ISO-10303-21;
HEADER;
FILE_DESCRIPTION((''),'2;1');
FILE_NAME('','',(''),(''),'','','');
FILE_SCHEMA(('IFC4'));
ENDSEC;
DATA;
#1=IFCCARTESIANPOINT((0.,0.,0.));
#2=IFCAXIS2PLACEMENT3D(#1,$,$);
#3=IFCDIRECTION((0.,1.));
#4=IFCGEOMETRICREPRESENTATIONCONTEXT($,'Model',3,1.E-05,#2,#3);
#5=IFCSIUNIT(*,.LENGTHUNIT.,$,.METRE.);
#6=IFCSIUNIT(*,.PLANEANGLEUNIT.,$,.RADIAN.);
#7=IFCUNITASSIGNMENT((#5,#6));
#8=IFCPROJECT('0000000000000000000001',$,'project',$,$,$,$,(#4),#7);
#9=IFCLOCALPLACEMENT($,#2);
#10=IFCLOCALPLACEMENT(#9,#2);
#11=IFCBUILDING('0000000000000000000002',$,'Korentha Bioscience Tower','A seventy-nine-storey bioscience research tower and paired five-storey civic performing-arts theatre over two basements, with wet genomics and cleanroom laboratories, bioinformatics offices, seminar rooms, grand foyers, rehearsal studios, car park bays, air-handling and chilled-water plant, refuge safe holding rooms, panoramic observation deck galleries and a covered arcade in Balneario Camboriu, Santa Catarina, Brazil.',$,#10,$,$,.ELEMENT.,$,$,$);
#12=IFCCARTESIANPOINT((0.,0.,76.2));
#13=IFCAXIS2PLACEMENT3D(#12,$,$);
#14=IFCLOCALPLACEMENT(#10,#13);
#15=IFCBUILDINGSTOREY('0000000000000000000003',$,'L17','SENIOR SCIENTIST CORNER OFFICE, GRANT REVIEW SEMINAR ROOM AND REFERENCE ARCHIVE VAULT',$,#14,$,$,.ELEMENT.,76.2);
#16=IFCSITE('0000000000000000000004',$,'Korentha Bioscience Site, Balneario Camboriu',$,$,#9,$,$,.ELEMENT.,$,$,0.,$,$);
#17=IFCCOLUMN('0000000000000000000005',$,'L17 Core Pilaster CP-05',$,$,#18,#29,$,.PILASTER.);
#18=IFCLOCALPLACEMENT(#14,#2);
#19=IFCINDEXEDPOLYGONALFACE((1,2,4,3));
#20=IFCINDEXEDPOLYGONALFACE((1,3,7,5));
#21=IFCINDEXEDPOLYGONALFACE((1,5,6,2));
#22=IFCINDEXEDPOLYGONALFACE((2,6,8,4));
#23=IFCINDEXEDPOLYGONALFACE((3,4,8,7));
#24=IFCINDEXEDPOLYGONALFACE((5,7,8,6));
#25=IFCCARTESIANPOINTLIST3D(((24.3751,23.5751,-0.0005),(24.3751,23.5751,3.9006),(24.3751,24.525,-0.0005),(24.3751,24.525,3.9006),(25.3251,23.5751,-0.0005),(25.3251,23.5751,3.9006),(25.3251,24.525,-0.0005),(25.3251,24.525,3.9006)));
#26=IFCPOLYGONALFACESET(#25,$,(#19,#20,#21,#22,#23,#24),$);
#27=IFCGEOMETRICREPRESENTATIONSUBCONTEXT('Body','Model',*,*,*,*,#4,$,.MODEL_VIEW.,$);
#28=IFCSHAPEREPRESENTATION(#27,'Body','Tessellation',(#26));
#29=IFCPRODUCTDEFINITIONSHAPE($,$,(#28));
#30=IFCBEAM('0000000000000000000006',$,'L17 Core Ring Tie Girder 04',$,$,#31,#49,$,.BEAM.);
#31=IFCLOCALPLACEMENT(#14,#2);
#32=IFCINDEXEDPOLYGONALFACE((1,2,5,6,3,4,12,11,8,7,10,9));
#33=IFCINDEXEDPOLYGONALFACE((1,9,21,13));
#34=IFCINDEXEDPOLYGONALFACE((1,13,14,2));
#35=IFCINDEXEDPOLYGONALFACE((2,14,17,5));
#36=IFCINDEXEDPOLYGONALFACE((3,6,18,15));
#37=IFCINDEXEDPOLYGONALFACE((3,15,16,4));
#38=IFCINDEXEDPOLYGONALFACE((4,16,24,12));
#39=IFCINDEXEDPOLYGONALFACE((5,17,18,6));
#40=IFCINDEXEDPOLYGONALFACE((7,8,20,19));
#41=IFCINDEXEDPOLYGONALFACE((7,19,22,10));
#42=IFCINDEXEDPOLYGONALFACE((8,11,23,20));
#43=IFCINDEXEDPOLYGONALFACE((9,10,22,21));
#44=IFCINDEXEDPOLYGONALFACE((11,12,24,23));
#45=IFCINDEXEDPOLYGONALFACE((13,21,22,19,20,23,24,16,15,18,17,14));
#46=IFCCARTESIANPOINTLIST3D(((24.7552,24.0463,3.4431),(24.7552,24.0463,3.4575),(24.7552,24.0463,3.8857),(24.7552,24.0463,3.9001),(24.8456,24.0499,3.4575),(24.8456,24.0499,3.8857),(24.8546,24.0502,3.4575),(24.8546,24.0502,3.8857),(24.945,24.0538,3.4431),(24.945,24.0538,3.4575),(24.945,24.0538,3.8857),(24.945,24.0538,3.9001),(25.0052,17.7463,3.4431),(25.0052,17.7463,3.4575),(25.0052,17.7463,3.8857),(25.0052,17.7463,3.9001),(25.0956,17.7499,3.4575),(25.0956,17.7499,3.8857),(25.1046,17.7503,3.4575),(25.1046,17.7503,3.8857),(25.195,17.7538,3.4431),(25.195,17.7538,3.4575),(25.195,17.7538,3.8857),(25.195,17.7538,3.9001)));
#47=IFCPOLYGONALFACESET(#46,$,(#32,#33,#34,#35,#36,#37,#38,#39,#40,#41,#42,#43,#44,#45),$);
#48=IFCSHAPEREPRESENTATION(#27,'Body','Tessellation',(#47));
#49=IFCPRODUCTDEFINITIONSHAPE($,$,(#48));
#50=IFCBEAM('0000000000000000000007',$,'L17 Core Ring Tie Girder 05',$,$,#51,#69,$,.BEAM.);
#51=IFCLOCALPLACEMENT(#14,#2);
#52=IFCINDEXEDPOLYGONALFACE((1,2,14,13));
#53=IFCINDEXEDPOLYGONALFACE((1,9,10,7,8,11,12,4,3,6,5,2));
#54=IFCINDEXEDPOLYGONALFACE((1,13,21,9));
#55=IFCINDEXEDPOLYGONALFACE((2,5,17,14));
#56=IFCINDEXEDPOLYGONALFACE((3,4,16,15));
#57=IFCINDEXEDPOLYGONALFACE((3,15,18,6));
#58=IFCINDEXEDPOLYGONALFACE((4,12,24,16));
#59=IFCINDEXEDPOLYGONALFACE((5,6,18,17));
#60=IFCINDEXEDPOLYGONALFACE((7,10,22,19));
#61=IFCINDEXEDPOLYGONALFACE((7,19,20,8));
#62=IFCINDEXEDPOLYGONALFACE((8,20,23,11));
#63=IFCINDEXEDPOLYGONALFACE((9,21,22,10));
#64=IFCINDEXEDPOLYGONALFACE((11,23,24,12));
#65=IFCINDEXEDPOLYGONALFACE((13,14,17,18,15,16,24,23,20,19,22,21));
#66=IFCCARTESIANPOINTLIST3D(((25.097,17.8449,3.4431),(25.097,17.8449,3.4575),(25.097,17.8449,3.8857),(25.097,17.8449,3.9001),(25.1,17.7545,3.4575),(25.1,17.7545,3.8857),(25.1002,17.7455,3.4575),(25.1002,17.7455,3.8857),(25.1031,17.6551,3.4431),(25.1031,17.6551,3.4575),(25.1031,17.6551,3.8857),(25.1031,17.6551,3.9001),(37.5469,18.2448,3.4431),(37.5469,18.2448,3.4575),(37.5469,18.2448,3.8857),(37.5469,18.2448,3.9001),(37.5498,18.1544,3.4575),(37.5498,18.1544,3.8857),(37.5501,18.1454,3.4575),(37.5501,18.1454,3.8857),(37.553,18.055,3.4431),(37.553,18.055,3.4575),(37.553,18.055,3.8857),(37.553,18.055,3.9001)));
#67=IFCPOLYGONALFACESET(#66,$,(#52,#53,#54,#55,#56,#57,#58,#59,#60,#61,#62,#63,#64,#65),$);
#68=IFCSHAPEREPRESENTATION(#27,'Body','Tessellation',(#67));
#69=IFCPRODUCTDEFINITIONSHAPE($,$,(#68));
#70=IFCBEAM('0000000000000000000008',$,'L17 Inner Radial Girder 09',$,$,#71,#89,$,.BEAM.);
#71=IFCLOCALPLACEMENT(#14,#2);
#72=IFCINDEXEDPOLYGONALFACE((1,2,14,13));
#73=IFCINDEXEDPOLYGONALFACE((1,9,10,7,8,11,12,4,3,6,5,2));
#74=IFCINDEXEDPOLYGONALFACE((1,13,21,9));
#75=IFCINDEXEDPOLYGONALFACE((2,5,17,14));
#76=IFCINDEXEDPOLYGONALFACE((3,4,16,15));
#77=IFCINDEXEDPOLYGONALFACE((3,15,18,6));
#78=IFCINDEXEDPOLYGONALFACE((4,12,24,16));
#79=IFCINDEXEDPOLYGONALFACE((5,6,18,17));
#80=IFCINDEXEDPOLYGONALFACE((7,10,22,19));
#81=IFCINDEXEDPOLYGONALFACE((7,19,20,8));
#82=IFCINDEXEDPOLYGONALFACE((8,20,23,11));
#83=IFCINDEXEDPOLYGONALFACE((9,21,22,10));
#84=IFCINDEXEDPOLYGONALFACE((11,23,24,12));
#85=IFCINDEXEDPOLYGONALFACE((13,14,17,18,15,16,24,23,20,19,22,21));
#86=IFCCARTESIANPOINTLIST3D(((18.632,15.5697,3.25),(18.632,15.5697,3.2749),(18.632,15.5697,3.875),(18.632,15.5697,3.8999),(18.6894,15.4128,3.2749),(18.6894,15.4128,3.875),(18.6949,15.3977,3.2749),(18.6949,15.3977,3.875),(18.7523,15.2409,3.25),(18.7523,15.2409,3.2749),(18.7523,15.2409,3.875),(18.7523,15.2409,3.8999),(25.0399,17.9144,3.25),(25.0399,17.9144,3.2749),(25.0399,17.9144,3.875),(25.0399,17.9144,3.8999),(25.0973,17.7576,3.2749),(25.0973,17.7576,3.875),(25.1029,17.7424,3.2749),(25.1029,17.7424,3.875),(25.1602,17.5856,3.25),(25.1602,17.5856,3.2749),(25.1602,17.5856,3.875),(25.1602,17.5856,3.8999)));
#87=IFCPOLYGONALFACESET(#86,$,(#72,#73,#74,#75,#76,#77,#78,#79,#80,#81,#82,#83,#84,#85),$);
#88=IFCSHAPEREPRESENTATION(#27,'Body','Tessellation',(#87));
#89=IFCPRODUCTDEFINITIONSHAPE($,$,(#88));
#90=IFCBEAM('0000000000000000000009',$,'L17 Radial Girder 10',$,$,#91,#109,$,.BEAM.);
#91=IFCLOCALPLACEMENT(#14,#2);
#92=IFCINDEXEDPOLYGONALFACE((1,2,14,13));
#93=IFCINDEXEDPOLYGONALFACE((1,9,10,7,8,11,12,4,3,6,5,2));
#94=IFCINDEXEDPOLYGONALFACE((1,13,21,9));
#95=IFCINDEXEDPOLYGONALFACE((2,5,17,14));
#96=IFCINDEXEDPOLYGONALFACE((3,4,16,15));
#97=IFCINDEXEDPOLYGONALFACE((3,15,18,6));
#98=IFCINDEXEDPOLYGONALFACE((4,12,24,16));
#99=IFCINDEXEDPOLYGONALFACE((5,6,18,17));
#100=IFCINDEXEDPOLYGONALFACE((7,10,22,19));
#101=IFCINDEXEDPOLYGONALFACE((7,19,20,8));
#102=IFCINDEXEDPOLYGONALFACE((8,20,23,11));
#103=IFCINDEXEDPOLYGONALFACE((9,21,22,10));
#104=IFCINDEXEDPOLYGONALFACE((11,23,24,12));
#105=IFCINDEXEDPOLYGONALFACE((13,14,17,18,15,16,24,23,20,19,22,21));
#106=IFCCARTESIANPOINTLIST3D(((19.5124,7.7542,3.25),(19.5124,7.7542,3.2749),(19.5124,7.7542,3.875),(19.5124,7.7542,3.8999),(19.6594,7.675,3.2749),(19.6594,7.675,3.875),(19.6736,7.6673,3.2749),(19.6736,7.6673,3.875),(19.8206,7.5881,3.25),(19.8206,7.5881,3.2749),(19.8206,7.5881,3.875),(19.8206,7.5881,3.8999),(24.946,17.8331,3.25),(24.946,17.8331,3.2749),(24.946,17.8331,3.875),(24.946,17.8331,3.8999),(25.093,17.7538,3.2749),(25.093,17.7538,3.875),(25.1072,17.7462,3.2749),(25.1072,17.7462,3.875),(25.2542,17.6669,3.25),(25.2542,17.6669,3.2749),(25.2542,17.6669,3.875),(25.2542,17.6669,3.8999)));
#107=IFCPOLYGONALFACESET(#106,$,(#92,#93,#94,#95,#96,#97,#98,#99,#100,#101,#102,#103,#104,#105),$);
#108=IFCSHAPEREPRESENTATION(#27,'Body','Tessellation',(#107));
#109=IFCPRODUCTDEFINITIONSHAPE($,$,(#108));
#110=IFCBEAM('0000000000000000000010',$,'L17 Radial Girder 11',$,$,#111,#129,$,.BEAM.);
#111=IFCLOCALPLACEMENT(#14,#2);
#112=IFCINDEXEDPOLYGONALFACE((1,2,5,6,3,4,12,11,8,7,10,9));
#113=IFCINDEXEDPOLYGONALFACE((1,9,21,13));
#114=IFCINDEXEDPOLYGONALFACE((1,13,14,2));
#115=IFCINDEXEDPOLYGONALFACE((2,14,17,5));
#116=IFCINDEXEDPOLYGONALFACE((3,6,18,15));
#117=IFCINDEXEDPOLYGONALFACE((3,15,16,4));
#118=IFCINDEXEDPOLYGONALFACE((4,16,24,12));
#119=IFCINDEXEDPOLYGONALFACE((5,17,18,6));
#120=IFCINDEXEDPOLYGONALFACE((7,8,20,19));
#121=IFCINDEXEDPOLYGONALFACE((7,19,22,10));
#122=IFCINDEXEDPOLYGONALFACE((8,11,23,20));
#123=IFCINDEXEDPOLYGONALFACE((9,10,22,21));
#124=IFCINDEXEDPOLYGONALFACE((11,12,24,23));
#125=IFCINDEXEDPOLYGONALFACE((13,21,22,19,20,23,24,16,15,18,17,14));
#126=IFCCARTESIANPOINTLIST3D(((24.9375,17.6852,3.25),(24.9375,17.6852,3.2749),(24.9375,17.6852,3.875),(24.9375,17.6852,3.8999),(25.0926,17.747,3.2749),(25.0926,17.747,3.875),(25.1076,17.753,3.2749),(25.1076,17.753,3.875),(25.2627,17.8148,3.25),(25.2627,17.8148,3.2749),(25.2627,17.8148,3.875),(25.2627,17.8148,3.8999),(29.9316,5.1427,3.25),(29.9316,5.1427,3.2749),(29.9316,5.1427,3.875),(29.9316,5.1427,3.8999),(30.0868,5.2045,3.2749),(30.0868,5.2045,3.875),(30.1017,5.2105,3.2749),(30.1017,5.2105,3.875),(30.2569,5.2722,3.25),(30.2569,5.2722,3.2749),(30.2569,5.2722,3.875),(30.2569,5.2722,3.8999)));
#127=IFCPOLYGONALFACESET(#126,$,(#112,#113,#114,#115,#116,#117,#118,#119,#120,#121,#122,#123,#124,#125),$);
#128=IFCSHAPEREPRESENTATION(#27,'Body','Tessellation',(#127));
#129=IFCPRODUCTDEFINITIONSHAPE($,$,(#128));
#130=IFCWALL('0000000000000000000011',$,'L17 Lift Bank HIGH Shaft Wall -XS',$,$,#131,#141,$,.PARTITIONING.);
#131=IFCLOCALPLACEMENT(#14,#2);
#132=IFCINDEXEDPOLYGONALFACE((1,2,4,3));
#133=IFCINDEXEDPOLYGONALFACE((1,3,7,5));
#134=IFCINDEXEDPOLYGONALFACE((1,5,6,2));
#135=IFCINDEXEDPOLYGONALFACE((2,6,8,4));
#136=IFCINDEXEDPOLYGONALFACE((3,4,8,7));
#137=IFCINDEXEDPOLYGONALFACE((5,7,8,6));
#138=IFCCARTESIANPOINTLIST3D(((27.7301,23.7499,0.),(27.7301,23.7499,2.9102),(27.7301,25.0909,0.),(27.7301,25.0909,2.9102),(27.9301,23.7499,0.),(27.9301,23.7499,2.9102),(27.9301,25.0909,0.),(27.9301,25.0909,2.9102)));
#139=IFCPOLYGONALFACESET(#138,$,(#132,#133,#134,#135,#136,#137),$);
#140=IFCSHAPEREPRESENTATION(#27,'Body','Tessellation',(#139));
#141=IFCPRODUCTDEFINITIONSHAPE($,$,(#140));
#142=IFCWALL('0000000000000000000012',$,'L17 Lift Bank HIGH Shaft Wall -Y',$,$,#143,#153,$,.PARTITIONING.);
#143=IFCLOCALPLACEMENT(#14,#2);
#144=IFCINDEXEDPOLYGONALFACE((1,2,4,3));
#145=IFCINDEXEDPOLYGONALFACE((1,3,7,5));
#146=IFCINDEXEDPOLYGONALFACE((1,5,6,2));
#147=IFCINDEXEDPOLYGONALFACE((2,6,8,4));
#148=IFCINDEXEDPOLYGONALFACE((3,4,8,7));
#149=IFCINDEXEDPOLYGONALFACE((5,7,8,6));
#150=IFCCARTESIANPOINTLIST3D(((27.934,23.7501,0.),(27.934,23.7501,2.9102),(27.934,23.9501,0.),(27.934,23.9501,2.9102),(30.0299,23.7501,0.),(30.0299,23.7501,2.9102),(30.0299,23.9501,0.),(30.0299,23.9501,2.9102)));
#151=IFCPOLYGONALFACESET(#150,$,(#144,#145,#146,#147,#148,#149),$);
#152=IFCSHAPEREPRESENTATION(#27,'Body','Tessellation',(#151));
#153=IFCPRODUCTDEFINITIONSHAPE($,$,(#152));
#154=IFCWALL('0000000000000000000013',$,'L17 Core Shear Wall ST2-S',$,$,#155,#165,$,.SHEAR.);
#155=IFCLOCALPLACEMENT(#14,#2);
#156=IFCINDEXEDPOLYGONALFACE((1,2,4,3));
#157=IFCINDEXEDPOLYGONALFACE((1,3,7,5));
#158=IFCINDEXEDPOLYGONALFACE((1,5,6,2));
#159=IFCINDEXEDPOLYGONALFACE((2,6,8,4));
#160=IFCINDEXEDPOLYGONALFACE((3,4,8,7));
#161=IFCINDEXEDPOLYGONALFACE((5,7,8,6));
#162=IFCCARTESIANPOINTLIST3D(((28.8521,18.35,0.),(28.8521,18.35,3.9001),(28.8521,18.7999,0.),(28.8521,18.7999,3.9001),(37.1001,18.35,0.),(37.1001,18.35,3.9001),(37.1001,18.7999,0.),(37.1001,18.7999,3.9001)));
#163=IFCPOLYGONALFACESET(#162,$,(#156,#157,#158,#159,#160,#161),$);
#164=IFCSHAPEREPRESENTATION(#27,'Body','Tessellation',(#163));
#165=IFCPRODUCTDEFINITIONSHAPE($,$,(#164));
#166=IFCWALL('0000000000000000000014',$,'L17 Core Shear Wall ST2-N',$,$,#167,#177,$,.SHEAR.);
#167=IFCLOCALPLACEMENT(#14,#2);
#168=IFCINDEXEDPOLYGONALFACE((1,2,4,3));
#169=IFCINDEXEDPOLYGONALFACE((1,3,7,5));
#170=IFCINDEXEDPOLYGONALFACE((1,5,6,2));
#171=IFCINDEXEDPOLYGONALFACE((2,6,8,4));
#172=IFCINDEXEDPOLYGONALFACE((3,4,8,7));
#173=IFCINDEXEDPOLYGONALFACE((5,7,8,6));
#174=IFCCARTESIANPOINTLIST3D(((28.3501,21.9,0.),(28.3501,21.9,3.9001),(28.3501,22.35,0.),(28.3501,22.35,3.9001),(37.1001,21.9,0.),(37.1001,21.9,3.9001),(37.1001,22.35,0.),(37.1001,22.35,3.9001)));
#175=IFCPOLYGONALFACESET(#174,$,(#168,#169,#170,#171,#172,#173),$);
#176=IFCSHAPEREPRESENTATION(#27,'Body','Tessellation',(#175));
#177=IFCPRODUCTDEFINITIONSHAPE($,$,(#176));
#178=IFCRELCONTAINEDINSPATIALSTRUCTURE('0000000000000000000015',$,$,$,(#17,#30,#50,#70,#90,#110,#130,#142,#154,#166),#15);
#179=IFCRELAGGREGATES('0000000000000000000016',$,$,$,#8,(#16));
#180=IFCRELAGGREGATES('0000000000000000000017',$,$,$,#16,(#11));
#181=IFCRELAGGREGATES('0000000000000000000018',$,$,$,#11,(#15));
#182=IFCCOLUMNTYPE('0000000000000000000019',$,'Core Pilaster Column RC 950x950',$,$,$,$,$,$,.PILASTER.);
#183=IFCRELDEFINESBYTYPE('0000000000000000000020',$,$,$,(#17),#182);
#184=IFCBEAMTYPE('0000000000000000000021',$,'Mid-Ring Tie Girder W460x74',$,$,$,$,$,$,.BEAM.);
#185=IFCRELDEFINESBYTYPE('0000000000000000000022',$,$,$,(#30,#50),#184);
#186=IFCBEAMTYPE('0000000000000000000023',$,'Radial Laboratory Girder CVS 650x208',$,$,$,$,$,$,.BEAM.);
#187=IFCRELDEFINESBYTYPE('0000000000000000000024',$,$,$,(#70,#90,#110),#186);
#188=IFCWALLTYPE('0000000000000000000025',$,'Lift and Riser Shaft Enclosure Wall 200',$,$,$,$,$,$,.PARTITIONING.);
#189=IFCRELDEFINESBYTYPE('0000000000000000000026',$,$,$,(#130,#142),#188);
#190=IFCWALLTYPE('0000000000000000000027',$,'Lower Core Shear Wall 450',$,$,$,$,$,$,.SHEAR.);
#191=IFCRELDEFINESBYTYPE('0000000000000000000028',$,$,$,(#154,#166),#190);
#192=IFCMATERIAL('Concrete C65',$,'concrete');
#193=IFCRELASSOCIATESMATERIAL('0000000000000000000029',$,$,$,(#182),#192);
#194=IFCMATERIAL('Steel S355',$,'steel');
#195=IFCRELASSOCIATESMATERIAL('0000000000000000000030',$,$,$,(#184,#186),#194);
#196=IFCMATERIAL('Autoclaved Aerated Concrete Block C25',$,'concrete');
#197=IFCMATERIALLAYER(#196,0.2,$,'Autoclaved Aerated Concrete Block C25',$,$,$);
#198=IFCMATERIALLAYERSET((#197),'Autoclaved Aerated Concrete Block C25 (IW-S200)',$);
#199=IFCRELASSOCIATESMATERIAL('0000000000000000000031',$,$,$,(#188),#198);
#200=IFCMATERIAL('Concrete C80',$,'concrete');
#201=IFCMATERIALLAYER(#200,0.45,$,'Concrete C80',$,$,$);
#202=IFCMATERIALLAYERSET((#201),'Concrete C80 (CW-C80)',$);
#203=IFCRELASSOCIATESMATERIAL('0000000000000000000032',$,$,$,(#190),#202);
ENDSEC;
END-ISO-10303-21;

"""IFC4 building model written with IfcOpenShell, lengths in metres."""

from ifc_helpers import new_model, si_unit, direction, frame, frame_2d, origin, origin_2d, place, context, subcontext, project, spatial, rectangle, i_section, extrude, material, layer, layer_set, material_profile, profile_set, type_object, element, save


model = new_model("IFC4")

# Units and contexts
model_context = context("Model", 3, precision=1e-05, world=origin(), true_north=direction((0.0, 1.0)))
body_context = subcontext(model_context, "Body", "Model", "MODEL_VIEW")
ifc_project = project(units=[si_unit("LENGTHUNIT", "METRE"), si_unit("PLANEANGLEUNIT", "RADIAN")], contexts=[model_context])

# Site, building, storey
site_placement = place(None, origin())
site = spatial("IfcSite", under=ifc_project, at=site_placement, Name="Korentha Bioscience Site, Balneario Camboriu", CompositionType="ELEMENT", RefElevation=0.0)
building_placement = place(site_placement, origin())
building = spatial("IfcBuilding", under=site, at=building_placement, Name="Korentha Bioscience Tower", Description="A seventy-nine-storey bioscience research tower and paired five-storey civic performing-arts theatre over two basements, with wet genomics and cleanroom laboratories, bioinformatics offices, seminar rooms, grand foyers, rehearsal studios, car park bays, air-handling and chilled-water plant, refuge safe holding rooms, panoramic observation deck galleries and a covered arcade in Balneario Camboriu, Santa Catarina, Brazil.", CompositionType="ELEMENT")
storey_placement = place(building_placement, frame((0.0, 0.0, 76.2)))
storey = spatial("IfcBuildingStorey", under=building, at=storey_placement, Name="L17", Description="SENIOR SCIENTIST CORNER OFFICE, GRANT REVIEW SEMINAR ROOM AND REFERENCE ARCHIVE VAULT", CompositionType="ELEMENT", Elevation=76.2)

# Column
ifc_material_1 = material(Name="Concrete C65", Category="concrete")
ifc_material_profile_1 = material_profile(ifc_material_1, rectangle(XDim=0.95, YDim=0.95, at=origin_2d()), Name="Concrete C65")
ifc_profile_set_1 = profile_set([ifc_material_profile_1], Name="Concrete C65 (COL-CP09)")
column_type = type_object("IfcColumnType", Name="Core Pilaster Column RC 950x950", PredefinedType="PILASTER", material=ifc_profile_set_1)
column_placement = place(storey_placement, frame((24.8501, 24.05, -0.0005), z_axis=(0.0, 0.0, 1.0), x_axis=(1.0, 0.0, 0.0)))
element("IfcColumn", 1, at=column_placement, inside=storey, type_object=column_type, Name="L17 Core Pilaster CP-05", PredefinedType="PILASTER", context=body_context, shape_type="SweptSolid", body=[
    extrude(rectangle(XDim=0.95, YDim=0.95, at=origin_2d()), origin(), (0.0, 0.0, 1.0), 3.9011),
])

# Beams
ifc_material_2 = material(Name="Steel S355", Category="steel")
ifc_material_profile_2 = material_profile(ifc_material_2, i_section(OverallWidth=0.1899, OverallDepth=0.457, WebThickness=0.009, FlangeThickness=0.0144, at=origin_2d()), Name="Steel S355")
ifc_profile_set_2 = profile_set([ifc_material_profile_2], Name="Steel S355 (MB-460)")
beam_type_1 = type_object("IfcBeamType", Name="Mid-Ring Tie Girder W460x74", PredefinedType="BEAM", material=ifc_profile_set_2)
beam_1_placement = place(storey_placement, frame((24.8501, 24.05, 3.6716), z_axis=(0.039651, -0.999214, 0.0), x_axis=(0.999214, 0.039651, 0.0)))
element("IfcBeam", 2, at=beam_1_placement, inside=storey, type_object=beam_type_1, Name="L17 Core Ring Tie Girder 04", PredefinedType="BEAM", context=body_context, shape_type="SweptSolid", body=[
    extrude(i_section(OverallWidth=0.1899, OverallDepth=0.457, WebThickness=0.009, FlangeThickness=0.0144, at=origin_2d()), origin(), (0.0, 0.0, 1.0), 6.3049),
])
beam_2_placement = place(storey_placement, frame((25.1001, 17.75, 3.6716), z_axis=(0.999485, 0.032104, 0.0), x_axis=(-0.032104, 0.999485, 0.0)))
element("IfcBeam", 3, at=beam_2_placement, inside=storey, type_object=beam_type_1, Name="L17 Core Ring Tie Girder 05", PredefinedType="BEAM", context=body_context, shape_type="SweptSolid", body=[
    extrude(i_section(OverallWidth=0.1899, OverallDepth=0.457, WebThickness=0.009, FlangeThickness=0.0144, at=origin_2d()), origin(), (0.0, 0.0, 1.0), 12.4563),
])
ifc_material_profile_3 = material_profile(ifc_material_2, i_section(OverallWidth=0.3501, OverallDepth=0.6499, WebThickness=0.0161, FlangeThickness=0.0249, at=origin_2d()), Name="Steel S355")
ifc_profile_set_3 = profile_set([ifc_material_profile_3], Name="Steel S355 (RB-650)")
beam_type_2 = type_object("IfcBeamType", Name="Radial Laboratory Girder CVS 650x208", PredefinedType="BEAM", material=ifc_profile_set_3)
beam_3_placement = place(storey_placement, frame((25.1001, 17.75, 3.575), z_axis=(-0.939106, -0.343627, 0.0), x_axis=(0.343627, -0.939106, 0.0)))
element("IfcBeam", 4, at=beam_3_placement, inside=storey, type_object=beam_type_2, Name="L17 Inner Radial Girder 09", PredefinedType="BEAM", context=body_context, shape_type="SweptSolid", body=[
    extrude(i_section(OverallWidth=0.3501, OverallDepth=0.6499, WebThickness=0.0161, FlangeThickness=0.0249, at=origin_2d()), origin(), (0.0, 0.0, 1.0), 6.8235),
])
beam_4_placement = place(storey_placement, frame((25.1001, 17.75, 3.575), z_axis=(-0.474541, -0.880233, 0.0), x_axis=(0.880233, -0.474541, 0.0)))
element("IfcBeam", 5, at=beam_4_placement, inside=storey, type_object=beam_type_2, Name="L17 Radial Girder 10", PredefinedType="BEAM", context=body_context, shape_type="SweptSolid", body=[
    extrude(i_section(OverallWidth=0.3501, OverallDepth=0.6499, WebThickness=0.0161, FlangeThickness=0.0249, at=origin_2d()), origin(), (0.0, 0.0, 1.0), 11.4502),
])
beam_5_placement = place(storey_placement, frame((25.1001, 17.75, 3.575), z_axis=(0.369931, -0.929059, 0.0), x_axis=(0.929059, 0.369931, 0.0)))
element("IfcBeam", 6, at=beam_5_placement, inside=storey, type_object=beam_type_2, Name="L17 Radial Girder 11", PredefinedType="BEAM", context=body_context, shape_type="SweptSolid", body=[
    extrude(i_section(OverallWidth=0.3501, OverallDepth=0.6499, WebThickness=0.0161, FlangeThickness=0.0249, at=origin_2d()), origin(), (0.0, 0.0, 1.0), 13.5002),
])

# Walls
ifc_material_3 = material(Name="Autoclaved Aerated Concrete Block C25", Category="concrete")
ifc_layer_1 = layer(ifc_material_3, 0.2, Name="Autoclaved Aerated Concrete Block C25")
ifc_layer_set_1 = layer_set([ifc_layer_1], Name="Autoclaved Aerated Concrete Block C25 (IW-S200)")
wall_type_1 = type_object("IfcWallType", Name="Lift and Riser Shaft Enclosure Wall 200", PredefinedType="PARTITIONING", material=ifc_layer_set_1)
wall_1_placement = place(storey_placement, frame((27.8301, 23.75, 0.0), z_axis=(0.0, 0.0, 1.0), x_axis=(0.0, 1.0, 0.0)))
element("IfcWall", 7, at=wall_1_placement, inside=storey, type_object=wall_type_1, Name="L17 Lift Bank HIGH Shaft Wall -XS", PredefinedType="PARTITIONING", context=body_context, shape_type="SweptSolid", body=[
    extrude(rectangle(XDim=1.3411, YDim=0.2, at=frame_2d((0.6704, 0.0))), origin(), (0.0, 0.0, 1.0), 2.9102),
])
wall_2_placement = place(storey_placement, frame((27.9341, 23.8501, 0.0), z_axis=(0.0, 0.0, 1.0), x_axis=(1.0, 0.0, 0.0)))
element("IfcWall", 8, at=wall_2_placement, inside=storey, type_object=wall_type_1, Name="L17 Lift Bank HIGH Shaft Wall -Y", PredefinedType="PARTITIONING", context=body_context, shape_type="SweptSolid", body=[
    extrude(rectangle(XDim=2.0959, YDim=0.2, at=frame_2d((1.0479, 0.0))), origin(), (0.0, 0.0, 1.0), 2.9102),
])
ifc_material_4 = material(Name="Concrete C80", Category="concrete")
ifc_layer_2 = layer(ifc_material_4, 0.45, Name="Concrete C80")
ifc_layer_set_2 = layer_set([ifc_layer_2], Name="Concrete C80 (CW-C80)")
wall_type_2 = type_object("IfcWallType", Name="Lower Core Shear Wall 450", PredefinedType="SHEAR", material=ifc_layer_set_2)
wall_3_placement = place(storey_placement, frame((28.8521, 18.575, 0.0), z_axis=(0.0, 0.0, 1.0), x_axis=(1.0, 0.0, 0.0)))
element("IfcWall", 9, at=wall_3_placement, inside=storey, type_object=wall_type_2, Name="L17 Core Shear Wall ST2-S", PredefinedType="SHEAR", context=body_context, shape_type="SweptSolid", body=[
    extrude(rectangle(XDim=8.248, YDim=0.45, at=frame_2d((4.124, 0.0))), origin(), (0.0, 0.0, 1.0), 3.9001),
])
wall_4_placement = place(storey_placement, frame((28.3501, 22.125, 0.0), z_axis=(0.0, 0.0, 1.0), x_axis=(1.0, 0.0, 0.0)))
element("IfcWall", 10, at=wall_4_placement, inside=storey, type_object=wall_type_2, Name="L17 Core Shear Wall ST2-N", PredefinedType="SHEAR", context=body_context, shape_type="SweptSolid", body=[
    extrude(rectangle(XDim=8.75, YDim=0.45, at=frame_2d((4.375, 0.0))), origin(), (0.0, 0.0, 1.0), 3.9001),
])

save(model, "model.ifc")
